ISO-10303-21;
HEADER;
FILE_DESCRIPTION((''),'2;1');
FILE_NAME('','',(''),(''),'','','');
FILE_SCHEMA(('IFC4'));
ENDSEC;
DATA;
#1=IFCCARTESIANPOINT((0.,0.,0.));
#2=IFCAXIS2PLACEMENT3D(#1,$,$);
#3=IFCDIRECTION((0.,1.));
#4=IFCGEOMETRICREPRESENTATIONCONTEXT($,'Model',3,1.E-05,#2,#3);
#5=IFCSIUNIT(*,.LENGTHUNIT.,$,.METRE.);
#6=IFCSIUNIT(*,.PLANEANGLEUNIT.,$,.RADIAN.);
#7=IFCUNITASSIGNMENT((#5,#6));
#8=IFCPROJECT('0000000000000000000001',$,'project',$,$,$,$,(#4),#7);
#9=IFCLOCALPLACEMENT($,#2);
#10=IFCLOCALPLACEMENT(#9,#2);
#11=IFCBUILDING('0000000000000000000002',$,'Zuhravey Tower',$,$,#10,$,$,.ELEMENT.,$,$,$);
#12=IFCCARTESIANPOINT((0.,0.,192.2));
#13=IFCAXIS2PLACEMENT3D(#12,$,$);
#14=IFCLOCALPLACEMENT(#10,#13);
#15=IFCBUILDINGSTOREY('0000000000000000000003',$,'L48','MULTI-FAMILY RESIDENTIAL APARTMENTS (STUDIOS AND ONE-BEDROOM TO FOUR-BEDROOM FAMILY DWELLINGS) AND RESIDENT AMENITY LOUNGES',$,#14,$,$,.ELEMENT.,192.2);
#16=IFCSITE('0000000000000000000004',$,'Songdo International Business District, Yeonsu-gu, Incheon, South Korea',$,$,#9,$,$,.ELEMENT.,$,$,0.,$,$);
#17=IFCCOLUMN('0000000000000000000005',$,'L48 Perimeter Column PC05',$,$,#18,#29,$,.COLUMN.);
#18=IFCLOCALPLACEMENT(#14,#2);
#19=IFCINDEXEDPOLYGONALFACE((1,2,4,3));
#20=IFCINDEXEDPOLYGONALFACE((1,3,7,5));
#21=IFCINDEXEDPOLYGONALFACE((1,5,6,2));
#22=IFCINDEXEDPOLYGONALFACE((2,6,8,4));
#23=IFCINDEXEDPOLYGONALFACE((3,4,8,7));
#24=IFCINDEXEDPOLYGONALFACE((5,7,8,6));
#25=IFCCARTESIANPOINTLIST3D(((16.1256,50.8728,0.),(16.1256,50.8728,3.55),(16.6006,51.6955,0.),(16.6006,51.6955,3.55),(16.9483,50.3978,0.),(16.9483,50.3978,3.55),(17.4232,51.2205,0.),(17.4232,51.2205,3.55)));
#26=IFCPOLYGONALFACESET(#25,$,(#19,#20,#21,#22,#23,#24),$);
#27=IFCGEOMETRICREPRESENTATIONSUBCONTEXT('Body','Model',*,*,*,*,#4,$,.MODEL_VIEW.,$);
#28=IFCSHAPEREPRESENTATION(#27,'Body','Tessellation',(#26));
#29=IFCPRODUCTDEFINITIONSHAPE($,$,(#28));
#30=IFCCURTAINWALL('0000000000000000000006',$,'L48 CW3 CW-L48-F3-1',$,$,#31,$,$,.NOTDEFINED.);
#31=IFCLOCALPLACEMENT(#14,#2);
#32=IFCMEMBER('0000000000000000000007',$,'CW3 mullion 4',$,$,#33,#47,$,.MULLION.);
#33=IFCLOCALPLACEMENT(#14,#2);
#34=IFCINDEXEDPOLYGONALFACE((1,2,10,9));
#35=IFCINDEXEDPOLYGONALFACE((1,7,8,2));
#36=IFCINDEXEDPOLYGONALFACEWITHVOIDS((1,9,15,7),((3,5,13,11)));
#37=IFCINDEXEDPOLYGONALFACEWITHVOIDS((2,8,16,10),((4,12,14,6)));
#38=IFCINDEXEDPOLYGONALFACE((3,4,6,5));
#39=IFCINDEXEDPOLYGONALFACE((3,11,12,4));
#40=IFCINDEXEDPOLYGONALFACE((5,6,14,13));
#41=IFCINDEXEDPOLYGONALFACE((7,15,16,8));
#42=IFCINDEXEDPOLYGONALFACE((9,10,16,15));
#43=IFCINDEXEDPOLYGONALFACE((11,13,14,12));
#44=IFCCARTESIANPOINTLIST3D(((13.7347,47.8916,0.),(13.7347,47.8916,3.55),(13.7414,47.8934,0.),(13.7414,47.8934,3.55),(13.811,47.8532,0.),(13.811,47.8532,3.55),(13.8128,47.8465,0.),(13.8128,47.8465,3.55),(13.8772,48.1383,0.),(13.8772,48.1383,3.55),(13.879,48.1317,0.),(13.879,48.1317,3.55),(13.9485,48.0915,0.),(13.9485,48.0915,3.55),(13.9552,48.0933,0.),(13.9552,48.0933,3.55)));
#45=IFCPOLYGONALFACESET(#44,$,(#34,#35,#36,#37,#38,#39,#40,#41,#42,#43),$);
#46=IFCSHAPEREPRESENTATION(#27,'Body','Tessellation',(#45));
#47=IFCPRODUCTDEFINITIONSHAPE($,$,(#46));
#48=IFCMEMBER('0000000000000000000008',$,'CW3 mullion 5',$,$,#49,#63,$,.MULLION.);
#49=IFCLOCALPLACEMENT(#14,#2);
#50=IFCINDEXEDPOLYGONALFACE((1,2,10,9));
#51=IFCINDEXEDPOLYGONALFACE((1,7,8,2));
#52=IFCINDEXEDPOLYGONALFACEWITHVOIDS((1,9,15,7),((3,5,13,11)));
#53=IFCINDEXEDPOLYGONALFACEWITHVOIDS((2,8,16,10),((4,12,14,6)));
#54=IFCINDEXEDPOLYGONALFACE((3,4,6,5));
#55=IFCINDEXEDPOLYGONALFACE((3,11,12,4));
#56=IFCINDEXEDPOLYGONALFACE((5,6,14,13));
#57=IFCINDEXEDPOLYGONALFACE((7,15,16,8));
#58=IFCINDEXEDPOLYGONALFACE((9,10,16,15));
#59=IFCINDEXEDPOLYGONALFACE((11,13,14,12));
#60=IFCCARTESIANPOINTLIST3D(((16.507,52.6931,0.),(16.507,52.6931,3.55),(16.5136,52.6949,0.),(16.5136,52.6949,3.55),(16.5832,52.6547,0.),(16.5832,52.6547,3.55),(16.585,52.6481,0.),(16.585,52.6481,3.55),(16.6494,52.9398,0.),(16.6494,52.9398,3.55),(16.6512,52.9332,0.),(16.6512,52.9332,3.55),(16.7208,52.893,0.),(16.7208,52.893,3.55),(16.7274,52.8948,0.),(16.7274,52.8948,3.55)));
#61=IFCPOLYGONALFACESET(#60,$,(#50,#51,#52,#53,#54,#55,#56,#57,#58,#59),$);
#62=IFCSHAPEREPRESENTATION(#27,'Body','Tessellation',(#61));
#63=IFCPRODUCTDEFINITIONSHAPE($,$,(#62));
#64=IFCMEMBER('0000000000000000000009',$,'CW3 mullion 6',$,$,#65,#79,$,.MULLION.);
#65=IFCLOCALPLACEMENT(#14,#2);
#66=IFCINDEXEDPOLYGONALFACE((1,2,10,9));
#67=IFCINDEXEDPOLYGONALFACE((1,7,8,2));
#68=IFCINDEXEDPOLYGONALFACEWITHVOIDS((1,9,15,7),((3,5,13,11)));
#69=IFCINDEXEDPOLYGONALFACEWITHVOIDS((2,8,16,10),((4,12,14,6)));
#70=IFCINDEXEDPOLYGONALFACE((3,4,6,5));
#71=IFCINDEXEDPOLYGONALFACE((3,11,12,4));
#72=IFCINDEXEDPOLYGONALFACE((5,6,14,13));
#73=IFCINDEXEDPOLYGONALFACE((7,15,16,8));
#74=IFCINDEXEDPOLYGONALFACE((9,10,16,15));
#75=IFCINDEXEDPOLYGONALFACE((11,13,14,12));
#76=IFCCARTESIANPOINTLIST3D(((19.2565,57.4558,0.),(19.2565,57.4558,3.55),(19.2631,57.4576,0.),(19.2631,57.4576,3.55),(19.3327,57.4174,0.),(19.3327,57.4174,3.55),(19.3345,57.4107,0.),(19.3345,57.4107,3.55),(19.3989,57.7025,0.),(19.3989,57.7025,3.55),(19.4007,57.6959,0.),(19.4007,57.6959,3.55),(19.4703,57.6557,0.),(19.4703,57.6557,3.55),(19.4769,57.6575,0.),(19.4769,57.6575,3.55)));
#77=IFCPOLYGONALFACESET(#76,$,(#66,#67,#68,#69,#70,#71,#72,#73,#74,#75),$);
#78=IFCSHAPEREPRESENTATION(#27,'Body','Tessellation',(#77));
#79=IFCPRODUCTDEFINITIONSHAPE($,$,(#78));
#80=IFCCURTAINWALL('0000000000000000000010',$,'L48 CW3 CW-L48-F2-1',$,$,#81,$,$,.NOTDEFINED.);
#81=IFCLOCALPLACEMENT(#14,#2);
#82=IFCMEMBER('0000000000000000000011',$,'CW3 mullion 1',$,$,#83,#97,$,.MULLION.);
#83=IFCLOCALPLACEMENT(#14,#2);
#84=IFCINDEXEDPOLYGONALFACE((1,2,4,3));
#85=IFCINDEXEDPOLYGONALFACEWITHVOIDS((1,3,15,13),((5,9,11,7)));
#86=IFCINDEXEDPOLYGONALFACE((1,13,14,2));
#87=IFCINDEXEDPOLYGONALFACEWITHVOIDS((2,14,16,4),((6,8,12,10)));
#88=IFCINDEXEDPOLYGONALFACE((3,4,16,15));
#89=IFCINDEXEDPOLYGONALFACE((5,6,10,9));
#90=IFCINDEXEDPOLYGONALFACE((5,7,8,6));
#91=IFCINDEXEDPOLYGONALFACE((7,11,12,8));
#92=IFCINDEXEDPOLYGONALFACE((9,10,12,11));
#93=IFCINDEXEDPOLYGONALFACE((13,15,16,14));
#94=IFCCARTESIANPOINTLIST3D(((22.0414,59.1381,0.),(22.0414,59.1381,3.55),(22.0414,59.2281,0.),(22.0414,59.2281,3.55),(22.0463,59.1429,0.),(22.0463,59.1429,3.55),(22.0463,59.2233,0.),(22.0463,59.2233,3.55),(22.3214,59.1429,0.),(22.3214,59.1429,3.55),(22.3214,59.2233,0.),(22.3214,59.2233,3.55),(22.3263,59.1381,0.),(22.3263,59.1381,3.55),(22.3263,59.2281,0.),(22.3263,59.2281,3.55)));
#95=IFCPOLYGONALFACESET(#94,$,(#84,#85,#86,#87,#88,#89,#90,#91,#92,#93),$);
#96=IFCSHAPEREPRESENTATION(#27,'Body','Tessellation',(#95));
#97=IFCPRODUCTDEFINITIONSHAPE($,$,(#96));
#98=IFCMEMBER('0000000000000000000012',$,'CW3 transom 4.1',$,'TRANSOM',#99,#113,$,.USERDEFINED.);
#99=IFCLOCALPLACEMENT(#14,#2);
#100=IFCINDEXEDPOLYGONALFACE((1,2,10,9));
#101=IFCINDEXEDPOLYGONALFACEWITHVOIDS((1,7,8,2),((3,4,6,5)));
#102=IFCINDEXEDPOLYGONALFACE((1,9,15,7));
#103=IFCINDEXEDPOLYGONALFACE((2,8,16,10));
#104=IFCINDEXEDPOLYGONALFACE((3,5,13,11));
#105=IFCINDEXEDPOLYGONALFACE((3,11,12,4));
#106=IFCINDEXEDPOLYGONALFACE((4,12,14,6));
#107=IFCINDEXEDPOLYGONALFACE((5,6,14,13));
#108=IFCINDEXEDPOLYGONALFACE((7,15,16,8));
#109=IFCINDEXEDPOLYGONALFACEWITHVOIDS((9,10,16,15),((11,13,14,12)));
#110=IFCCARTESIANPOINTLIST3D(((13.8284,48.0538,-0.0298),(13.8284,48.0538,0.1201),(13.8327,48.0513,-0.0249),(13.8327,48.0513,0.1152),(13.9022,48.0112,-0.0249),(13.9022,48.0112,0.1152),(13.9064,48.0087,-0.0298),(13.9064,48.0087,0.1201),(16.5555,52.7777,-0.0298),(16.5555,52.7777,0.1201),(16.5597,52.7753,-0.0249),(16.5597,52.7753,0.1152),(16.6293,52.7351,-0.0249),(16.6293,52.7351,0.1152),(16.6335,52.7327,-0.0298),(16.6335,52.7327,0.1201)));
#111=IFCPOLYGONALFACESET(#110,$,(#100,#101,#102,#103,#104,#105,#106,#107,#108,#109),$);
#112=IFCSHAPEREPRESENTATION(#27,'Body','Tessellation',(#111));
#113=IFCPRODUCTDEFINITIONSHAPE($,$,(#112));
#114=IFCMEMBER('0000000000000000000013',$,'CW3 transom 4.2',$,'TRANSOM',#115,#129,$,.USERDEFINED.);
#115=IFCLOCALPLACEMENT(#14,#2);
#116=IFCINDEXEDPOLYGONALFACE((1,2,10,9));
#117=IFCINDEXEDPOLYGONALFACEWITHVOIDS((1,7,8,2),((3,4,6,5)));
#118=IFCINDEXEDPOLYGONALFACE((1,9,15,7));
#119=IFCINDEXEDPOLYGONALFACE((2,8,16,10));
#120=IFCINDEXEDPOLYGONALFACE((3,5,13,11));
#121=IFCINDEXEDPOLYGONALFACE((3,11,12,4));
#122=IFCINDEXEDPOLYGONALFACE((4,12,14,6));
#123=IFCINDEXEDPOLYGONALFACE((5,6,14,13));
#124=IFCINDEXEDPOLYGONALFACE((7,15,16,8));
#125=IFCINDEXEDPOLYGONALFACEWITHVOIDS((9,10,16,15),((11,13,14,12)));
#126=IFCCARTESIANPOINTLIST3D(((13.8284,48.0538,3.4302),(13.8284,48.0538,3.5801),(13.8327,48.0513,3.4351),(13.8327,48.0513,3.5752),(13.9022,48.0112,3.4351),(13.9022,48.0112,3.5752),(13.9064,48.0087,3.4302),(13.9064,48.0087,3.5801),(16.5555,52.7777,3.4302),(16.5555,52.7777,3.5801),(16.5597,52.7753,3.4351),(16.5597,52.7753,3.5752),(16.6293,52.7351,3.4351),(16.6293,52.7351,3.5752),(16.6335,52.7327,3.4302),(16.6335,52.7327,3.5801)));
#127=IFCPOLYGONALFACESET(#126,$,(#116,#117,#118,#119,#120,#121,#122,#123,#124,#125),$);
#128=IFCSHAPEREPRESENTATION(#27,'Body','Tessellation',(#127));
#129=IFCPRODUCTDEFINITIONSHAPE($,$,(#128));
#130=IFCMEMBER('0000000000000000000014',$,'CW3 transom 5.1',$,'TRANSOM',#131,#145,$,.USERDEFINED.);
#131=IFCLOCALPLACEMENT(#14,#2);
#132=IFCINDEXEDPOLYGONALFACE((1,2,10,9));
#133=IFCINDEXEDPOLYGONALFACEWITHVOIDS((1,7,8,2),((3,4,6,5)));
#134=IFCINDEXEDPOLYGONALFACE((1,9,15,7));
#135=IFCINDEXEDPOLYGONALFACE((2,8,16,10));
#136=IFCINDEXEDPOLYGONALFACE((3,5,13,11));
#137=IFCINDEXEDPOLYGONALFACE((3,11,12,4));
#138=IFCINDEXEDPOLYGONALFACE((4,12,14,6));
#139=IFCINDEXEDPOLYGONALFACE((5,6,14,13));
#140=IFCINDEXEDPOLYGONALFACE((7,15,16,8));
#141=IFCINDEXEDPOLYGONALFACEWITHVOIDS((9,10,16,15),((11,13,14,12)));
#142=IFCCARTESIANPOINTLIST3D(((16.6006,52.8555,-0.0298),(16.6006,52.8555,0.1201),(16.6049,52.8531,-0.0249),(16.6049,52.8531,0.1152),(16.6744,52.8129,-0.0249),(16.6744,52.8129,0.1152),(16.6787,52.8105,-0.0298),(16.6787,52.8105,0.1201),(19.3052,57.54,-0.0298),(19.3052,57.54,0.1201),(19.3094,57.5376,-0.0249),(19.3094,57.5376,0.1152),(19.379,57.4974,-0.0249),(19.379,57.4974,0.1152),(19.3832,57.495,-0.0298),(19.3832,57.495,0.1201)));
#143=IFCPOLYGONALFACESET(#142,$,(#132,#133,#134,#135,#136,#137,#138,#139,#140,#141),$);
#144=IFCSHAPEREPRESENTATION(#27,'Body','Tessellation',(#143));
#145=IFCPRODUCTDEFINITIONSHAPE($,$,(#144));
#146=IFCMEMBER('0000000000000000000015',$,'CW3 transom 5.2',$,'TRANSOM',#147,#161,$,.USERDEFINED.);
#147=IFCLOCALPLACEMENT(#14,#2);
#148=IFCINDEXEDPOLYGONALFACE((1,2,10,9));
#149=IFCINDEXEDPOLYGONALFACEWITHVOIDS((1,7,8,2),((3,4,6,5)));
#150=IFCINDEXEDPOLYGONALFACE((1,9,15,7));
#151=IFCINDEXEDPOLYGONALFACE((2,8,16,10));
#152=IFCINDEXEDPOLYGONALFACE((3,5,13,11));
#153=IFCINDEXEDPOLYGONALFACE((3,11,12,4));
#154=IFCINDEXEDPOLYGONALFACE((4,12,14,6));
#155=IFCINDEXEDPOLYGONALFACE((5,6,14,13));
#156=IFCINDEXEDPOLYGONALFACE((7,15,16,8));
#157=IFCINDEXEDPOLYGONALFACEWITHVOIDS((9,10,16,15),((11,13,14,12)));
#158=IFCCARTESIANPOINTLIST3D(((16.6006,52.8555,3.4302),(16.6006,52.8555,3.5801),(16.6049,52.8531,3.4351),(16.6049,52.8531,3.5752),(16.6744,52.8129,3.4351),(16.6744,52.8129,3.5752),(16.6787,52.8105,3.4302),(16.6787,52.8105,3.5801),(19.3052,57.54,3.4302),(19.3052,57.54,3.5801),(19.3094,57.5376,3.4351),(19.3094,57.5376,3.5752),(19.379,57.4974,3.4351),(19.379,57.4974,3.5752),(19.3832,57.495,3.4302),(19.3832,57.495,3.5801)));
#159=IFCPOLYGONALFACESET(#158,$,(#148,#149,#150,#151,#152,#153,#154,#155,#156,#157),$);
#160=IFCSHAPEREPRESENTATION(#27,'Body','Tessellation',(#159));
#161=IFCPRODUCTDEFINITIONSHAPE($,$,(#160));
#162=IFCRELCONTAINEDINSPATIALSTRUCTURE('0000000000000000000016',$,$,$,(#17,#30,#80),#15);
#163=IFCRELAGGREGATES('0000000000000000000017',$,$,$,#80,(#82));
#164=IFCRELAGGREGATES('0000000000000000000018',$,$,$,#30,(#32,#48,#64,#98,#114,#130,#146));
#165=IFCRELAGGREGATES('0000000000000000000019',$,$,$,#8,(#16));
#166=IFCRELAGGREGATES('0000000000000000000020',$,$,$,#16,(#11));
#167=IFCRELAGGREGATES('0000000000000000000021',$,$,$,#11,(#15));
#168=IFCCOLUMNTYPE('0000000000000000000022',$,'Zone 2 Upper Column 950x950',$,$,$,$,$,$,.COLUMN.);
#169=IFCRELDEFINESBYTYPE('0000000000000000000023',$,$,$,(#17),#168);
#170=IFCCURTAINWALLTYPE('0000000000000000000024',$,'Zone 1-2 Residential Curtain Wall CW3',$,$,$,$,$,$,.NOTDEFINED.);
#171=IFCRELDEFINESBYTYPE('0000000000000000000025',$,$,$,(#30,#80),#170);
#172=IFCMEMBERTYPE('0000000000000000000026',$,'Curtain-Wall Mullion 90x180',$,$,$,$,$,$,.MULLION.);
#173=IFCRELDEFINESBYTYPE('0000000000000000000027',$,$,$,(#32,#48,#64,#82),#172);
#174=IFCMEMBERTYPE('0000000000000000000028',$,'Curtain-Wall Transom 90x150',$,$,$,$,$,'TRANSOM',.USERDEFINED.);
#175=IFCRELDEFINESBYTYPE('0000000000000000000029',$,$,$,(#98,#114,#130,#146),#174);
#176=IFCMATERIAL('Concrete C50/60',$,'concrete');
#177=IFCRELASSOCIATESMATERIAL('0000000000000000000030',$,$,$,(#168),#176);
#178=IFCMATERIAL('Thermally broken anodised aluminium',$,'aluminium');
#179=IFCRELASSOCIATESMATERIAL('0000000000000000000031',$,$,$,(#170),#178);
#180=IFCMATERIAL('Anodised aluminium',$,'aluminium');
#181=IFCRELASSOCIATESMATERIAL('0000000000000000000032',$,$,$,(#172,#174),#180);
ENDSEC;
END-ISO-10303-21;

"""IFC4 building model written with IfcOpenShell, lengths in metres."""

from ifc_helpers import new_model, si_unit, direction, frame, origin, origin_2d, place, context, subcontext, project, spatial, rectangle, hollow_rectangle, extrude, material, material_profile, profile_set, type_object, element, aggregate, save


model = new_model("IFC4")

# Units and contexts
model_context = context("Model", 3, precision=1e-05, world=origin(), true_north=direction((0.0, 1.0)))
body_context = subcontext(model_context, "Body", "Model", "MODEL_VIEW")
ifc_project = project(units=[si_unit("LENGTHUNIT", "METRE"), si_unit("PLANEANGLEUNIT", "RADIAN")], contexts=[model_context])

# Site, building, storey
site_placement = place(None, origin())
site = spatial("IfcSite", under=ifc_project, at=site_placement, Name="Songdo International Business District, Yeonsu-gu, Incheon, South Korea", CompositionType="ELEMENT", RefElevation=0.0)
building_placement = place(site_placement, origin())
building = spatial("IfcBuilding", under=site, at=building_placement, Name="Zuhravey Tower", CompositionType="ELEMENT")
storey_placement = place(building_placement, frame((0.0, 0.0, 192.2)))
storey = spatial("IfcBuildingStorey", under=building, at=storey_placement, Name="L48", Description="MULTI-FAMILY RESIDENTIAL APARTMENTS (STUDIOS AND ONE-BEDROOM TO FOUR-BEDROOM FAMILY DWELLINGS) AND RESIDENT AMENITY LOUNGES", CompositionType="ELEMENT", Elevation=192.2)

# Column
ifc_material_1 = material(Name="Concrete C50/60", Category="concrete")
ifc_material_profile_1 = material_profile(ifc_material_1, rectangle(XDim=0.95, YDim=0.95, at=origin_2d()), Name="RC-950x950")
ifc_profile_set_1 = profile_set([ifc_material_profile_1], Name="Concrete C50/60")
column_type = type_object("IfcColumnType", Name="Zone 2 Upper Column 950x950", PredefinedType="COLUMN", material=ifc_profile_set_1)
column_placement = place(storey_placement, frame((16.7744, 51.0466, 0.0), z_axis=(0.0, 0.0, 1.0), x_axis=(-0.5, -0.866025, 0.0)))
element("IfcColumn", 1, at=column_placement, inside=storey, type_object=column_type, Name="L48 Perimeter Column PC05", PredefinedType="COLUMN", context=body_context, shape_type="SweptSolid", body=[
    extrude(rectangle(XDim=0.95, YDim=0.95, at=origin_2d()), origin(), (0.0, 0.0, 1.0), 3.55),
])

# Curtain wall, members
ifc_material_2 = material(Name="Thermally broken anodised aluminium", Category="aluminium")
curtain_wall_type = type_object("IfcCurtainWallType", Name="Zone 1-2 Residential Curtain Wall CW3", PredefinedType="NOTDEFINED", material=ifc_material_2)
curtain_wall_1_placement = place(storey_placement, origin())
curtain_wall_1 = element("IfcCurtainWall", 2, at=curtain_wall_1_placement, inside=storey, type_object=curtain_wall_type, Name="L48 CW3 CW-L48-F3-1", PredefinedType="NOTDEFINED")
ifc_material_3 = material(Name="Anodised aluminium", Category="aluminium")
ifc_material_profile_2 = material_profile(ifc_material_3, hollow_rectangle(XDim=0.0901, YDim=0.2849, WallThickness=0.0049, at=origin_2d()), Name="ALU-RHS-90x285x5")
ifc_profile_set_2 = profile_set([ifc_material_profile_2], Name="Anodised aluminium")
member_type_1 = type_object("IfcMemberType", Name="Curtain-Wall Mullion 90x180", PredefinedType="MULLION", material=ifc_profile_set_2)
member_1_placement = place(storey_placement, frame((13.845, 47.9924, 0.0), z_axis=(0.0, 0.0, 1.0), x_axis=(-0.866025, 0.5, 0.0)))
member_1 = element("IfcMember", 3, at=member_1_placement, type_object=member_type_1, Name="CW3 mullion 4", PredefinedType="MULLION", context=body_context, shape_type="SweptSolid", body=[
    extrude(hollow_rectangle(XDim=0.0901, YDim=0.2849, WallThickness=0.0049, at=origin_2d()), origin(), (0.0, 0.0, 1.0), 3.55),
])
member_2_placement = place(storey_placement, frame((16.6172, 52.7939, 0.0), z_axis=(0.0, 0.0, 1.0), x_axis=(-0.866025, 0.5, 0.0)))
member_2 = element("IfcMember", 4, at=member_2_placement, type_object=member_type_1, Name="CW3 mullion 5", PredefinedType="MULLION", context=body_context, shape_type="SweptSolid", body=[
    extrude(hollow_rectangle(XDim=0.0901, YDim=0.2849, WallThickness=0.0049, at=origin_2d()), origin(), (0.0, 0.0, 1.0), 3.55),
])
member_3_placement = place(storey_placement, frame((19.3667, 57.5566, 0.0), z_axis=(0.0, 0.0, 1.0), x_axis=(-0.866025, 0.5, 0.0)))
member_3 = element("IfcMember", 5, at=member_3_placement, type_object=member_type_1, Name="CW3 mullion 6", PredefinedType="MULLION", context=body_context, shape_type="SweptSolid", body=[
    extrude(hollow_rectangle(XDim=0.0901, YDim=0.2849, WallThickness=0.0049, at=origin_2d()), origin(), (0.0, 0.0, 1.0), 3.55),
])

# Curtain wall, member
curtain_wall_2_placement = place(storey_placement, origin())
curtain_wall_2 = element("IfcCurtainWall", 6, at=curtain_wall_2_placement, inside=storey, type_object=curtain_wall_type, Name="L48 CW3 CW-L48-F2-1", PredefinedType="NOTDEFINED")
member_4_placement = place(storey_placement, frame((22.1838, 59.1831, 0.0), z_axis=(0.0, 0.0, 1.0), x_axis=(0.0, 1.0, 0.0)))
member_4 = element("IfcMember", 7, at=member_4_placement, type_object=member_type_1, Name="CW3 mullion 1", PredefinedType="MULLION", context=body_context, shape_type="SweptSolid", body=[
    extrude(hollow_rectangle(XDim=0.0901, YDim=0.2849, WallThickness=0.0049, at=origin_2d()), origin(), (0.0, 0.0, 1.0), 3.55),
])
aggregate(curtain_wall_2, [member_4])

# Members
ifc_material_profile_3 = material_profile(ifc_material_3, hollow_rectangle(XDim=0.0901, YDim=0.1499, WallThickness=0.0049, at=origin_2d()), Name="ALU-RHS-90x150x5")
ifc_profile_set_3 = profile_set([ifc_material_profile_3], Name="Anodised aluminium")
member_type_2 = type_object("IfcMemberType", Name="Curtain-Wall Transom 90x150", ElementType="TRANSOM", PredefinedType="USERDEFINED", material=ifc_profile_set_3)
member_5_placement = place(storey_placement, frame((13.8674, 48.0312, 0.0452), z_axis=(0.499961, 0.866048, 0.0), x_axis=(-0.866048, 0.499961, 0.0)))
member_5 = element("IfcMember", 8, at=member_5_placement, type_object=member_type_2, Name="CW3 transom 4.1", ObjectType="TRANSOM", PredefinedType="USERDEFINED", context=body_context, shape_type="SweptSolid", body=[
    extrude(hollow_rectangle(XDim=0.0901, YDim=0.1499, WallThickness=0.0049, at=origin_2d()), origin(), (0.0, 0.0, 1.0), 5.4546),
])
member_6_placement = place(storey_placement, frame((13.8674, 48.0312, 3.5051), z_axis=(0.499961, 0.866048, 0.0), x_axis=(-0.866048, 0.499961, 0.0)))
member_6 = element("IfcMember", 9, at=member_6_placement, type_object=member_type_2, Name="CW3 transom 4.2", ObjectType="TRANSOM", PredefinedType="USERDEFINED", context=body_context, shape_type="SweptSolid", body=[
    extrude(hollow_rectangle(XDim=0.0901, YDim=0.1499, WallThickness=0.0049, at=origin_2d()), origin(), (0.0, 0.0, 1.0), 5.4546),
])
member_7_placement = place(storey_placement, frame((16.6396, 52.833, 0.0452), z_axis=(0.499993, 0.866029, 0.0), x_axis=(-0.866029, 0.499993, 0.0)))
member_7 = element("IfcMember", 10, at=member_7_placement, type_object=member_type_2, Name="CW3 transom 5.1", ObjectType="TRANSOM", PredefinedType="USERDEFINED", context=body_context, shape_type="SweptSolid", body=[
    extrude(hollow_rectangle(XDim=0.0901, YDim=0.1499, WallThickness=0.0049, at=origin_2d()), origin(), (0.0, 0.0, 1.0), 5.4092),
])
member_8_placement = place(storey_placement, frame((16.6396, 52.833, 3.5051), z_axis=(0.499993, 0.866029, 0.0), x_axis=(-0.866029, 0.499993, 0.0)))
member_8 = element("IfcMember", 11, at=member_8_placement, type_object=member_type_2, Name="CW3 transom 5.2", ObjectType="TRANSOM", PredefinedType="USERDEFINED", context=body_context, shape_type="SweptSolid", body=[
    extrude(hollow_rectangle(XDim=0.0901, YDim=0.1499, WallThickness=0.0049, at=origin_2d()), origin(), (0.0, 0.0, 1.0), 5.4092),
])

aggregate(curtain_wall_1, [member_1, member_2, member_3, member_5, member_6, member_7, member_8])

save(model, "model.ifc")
